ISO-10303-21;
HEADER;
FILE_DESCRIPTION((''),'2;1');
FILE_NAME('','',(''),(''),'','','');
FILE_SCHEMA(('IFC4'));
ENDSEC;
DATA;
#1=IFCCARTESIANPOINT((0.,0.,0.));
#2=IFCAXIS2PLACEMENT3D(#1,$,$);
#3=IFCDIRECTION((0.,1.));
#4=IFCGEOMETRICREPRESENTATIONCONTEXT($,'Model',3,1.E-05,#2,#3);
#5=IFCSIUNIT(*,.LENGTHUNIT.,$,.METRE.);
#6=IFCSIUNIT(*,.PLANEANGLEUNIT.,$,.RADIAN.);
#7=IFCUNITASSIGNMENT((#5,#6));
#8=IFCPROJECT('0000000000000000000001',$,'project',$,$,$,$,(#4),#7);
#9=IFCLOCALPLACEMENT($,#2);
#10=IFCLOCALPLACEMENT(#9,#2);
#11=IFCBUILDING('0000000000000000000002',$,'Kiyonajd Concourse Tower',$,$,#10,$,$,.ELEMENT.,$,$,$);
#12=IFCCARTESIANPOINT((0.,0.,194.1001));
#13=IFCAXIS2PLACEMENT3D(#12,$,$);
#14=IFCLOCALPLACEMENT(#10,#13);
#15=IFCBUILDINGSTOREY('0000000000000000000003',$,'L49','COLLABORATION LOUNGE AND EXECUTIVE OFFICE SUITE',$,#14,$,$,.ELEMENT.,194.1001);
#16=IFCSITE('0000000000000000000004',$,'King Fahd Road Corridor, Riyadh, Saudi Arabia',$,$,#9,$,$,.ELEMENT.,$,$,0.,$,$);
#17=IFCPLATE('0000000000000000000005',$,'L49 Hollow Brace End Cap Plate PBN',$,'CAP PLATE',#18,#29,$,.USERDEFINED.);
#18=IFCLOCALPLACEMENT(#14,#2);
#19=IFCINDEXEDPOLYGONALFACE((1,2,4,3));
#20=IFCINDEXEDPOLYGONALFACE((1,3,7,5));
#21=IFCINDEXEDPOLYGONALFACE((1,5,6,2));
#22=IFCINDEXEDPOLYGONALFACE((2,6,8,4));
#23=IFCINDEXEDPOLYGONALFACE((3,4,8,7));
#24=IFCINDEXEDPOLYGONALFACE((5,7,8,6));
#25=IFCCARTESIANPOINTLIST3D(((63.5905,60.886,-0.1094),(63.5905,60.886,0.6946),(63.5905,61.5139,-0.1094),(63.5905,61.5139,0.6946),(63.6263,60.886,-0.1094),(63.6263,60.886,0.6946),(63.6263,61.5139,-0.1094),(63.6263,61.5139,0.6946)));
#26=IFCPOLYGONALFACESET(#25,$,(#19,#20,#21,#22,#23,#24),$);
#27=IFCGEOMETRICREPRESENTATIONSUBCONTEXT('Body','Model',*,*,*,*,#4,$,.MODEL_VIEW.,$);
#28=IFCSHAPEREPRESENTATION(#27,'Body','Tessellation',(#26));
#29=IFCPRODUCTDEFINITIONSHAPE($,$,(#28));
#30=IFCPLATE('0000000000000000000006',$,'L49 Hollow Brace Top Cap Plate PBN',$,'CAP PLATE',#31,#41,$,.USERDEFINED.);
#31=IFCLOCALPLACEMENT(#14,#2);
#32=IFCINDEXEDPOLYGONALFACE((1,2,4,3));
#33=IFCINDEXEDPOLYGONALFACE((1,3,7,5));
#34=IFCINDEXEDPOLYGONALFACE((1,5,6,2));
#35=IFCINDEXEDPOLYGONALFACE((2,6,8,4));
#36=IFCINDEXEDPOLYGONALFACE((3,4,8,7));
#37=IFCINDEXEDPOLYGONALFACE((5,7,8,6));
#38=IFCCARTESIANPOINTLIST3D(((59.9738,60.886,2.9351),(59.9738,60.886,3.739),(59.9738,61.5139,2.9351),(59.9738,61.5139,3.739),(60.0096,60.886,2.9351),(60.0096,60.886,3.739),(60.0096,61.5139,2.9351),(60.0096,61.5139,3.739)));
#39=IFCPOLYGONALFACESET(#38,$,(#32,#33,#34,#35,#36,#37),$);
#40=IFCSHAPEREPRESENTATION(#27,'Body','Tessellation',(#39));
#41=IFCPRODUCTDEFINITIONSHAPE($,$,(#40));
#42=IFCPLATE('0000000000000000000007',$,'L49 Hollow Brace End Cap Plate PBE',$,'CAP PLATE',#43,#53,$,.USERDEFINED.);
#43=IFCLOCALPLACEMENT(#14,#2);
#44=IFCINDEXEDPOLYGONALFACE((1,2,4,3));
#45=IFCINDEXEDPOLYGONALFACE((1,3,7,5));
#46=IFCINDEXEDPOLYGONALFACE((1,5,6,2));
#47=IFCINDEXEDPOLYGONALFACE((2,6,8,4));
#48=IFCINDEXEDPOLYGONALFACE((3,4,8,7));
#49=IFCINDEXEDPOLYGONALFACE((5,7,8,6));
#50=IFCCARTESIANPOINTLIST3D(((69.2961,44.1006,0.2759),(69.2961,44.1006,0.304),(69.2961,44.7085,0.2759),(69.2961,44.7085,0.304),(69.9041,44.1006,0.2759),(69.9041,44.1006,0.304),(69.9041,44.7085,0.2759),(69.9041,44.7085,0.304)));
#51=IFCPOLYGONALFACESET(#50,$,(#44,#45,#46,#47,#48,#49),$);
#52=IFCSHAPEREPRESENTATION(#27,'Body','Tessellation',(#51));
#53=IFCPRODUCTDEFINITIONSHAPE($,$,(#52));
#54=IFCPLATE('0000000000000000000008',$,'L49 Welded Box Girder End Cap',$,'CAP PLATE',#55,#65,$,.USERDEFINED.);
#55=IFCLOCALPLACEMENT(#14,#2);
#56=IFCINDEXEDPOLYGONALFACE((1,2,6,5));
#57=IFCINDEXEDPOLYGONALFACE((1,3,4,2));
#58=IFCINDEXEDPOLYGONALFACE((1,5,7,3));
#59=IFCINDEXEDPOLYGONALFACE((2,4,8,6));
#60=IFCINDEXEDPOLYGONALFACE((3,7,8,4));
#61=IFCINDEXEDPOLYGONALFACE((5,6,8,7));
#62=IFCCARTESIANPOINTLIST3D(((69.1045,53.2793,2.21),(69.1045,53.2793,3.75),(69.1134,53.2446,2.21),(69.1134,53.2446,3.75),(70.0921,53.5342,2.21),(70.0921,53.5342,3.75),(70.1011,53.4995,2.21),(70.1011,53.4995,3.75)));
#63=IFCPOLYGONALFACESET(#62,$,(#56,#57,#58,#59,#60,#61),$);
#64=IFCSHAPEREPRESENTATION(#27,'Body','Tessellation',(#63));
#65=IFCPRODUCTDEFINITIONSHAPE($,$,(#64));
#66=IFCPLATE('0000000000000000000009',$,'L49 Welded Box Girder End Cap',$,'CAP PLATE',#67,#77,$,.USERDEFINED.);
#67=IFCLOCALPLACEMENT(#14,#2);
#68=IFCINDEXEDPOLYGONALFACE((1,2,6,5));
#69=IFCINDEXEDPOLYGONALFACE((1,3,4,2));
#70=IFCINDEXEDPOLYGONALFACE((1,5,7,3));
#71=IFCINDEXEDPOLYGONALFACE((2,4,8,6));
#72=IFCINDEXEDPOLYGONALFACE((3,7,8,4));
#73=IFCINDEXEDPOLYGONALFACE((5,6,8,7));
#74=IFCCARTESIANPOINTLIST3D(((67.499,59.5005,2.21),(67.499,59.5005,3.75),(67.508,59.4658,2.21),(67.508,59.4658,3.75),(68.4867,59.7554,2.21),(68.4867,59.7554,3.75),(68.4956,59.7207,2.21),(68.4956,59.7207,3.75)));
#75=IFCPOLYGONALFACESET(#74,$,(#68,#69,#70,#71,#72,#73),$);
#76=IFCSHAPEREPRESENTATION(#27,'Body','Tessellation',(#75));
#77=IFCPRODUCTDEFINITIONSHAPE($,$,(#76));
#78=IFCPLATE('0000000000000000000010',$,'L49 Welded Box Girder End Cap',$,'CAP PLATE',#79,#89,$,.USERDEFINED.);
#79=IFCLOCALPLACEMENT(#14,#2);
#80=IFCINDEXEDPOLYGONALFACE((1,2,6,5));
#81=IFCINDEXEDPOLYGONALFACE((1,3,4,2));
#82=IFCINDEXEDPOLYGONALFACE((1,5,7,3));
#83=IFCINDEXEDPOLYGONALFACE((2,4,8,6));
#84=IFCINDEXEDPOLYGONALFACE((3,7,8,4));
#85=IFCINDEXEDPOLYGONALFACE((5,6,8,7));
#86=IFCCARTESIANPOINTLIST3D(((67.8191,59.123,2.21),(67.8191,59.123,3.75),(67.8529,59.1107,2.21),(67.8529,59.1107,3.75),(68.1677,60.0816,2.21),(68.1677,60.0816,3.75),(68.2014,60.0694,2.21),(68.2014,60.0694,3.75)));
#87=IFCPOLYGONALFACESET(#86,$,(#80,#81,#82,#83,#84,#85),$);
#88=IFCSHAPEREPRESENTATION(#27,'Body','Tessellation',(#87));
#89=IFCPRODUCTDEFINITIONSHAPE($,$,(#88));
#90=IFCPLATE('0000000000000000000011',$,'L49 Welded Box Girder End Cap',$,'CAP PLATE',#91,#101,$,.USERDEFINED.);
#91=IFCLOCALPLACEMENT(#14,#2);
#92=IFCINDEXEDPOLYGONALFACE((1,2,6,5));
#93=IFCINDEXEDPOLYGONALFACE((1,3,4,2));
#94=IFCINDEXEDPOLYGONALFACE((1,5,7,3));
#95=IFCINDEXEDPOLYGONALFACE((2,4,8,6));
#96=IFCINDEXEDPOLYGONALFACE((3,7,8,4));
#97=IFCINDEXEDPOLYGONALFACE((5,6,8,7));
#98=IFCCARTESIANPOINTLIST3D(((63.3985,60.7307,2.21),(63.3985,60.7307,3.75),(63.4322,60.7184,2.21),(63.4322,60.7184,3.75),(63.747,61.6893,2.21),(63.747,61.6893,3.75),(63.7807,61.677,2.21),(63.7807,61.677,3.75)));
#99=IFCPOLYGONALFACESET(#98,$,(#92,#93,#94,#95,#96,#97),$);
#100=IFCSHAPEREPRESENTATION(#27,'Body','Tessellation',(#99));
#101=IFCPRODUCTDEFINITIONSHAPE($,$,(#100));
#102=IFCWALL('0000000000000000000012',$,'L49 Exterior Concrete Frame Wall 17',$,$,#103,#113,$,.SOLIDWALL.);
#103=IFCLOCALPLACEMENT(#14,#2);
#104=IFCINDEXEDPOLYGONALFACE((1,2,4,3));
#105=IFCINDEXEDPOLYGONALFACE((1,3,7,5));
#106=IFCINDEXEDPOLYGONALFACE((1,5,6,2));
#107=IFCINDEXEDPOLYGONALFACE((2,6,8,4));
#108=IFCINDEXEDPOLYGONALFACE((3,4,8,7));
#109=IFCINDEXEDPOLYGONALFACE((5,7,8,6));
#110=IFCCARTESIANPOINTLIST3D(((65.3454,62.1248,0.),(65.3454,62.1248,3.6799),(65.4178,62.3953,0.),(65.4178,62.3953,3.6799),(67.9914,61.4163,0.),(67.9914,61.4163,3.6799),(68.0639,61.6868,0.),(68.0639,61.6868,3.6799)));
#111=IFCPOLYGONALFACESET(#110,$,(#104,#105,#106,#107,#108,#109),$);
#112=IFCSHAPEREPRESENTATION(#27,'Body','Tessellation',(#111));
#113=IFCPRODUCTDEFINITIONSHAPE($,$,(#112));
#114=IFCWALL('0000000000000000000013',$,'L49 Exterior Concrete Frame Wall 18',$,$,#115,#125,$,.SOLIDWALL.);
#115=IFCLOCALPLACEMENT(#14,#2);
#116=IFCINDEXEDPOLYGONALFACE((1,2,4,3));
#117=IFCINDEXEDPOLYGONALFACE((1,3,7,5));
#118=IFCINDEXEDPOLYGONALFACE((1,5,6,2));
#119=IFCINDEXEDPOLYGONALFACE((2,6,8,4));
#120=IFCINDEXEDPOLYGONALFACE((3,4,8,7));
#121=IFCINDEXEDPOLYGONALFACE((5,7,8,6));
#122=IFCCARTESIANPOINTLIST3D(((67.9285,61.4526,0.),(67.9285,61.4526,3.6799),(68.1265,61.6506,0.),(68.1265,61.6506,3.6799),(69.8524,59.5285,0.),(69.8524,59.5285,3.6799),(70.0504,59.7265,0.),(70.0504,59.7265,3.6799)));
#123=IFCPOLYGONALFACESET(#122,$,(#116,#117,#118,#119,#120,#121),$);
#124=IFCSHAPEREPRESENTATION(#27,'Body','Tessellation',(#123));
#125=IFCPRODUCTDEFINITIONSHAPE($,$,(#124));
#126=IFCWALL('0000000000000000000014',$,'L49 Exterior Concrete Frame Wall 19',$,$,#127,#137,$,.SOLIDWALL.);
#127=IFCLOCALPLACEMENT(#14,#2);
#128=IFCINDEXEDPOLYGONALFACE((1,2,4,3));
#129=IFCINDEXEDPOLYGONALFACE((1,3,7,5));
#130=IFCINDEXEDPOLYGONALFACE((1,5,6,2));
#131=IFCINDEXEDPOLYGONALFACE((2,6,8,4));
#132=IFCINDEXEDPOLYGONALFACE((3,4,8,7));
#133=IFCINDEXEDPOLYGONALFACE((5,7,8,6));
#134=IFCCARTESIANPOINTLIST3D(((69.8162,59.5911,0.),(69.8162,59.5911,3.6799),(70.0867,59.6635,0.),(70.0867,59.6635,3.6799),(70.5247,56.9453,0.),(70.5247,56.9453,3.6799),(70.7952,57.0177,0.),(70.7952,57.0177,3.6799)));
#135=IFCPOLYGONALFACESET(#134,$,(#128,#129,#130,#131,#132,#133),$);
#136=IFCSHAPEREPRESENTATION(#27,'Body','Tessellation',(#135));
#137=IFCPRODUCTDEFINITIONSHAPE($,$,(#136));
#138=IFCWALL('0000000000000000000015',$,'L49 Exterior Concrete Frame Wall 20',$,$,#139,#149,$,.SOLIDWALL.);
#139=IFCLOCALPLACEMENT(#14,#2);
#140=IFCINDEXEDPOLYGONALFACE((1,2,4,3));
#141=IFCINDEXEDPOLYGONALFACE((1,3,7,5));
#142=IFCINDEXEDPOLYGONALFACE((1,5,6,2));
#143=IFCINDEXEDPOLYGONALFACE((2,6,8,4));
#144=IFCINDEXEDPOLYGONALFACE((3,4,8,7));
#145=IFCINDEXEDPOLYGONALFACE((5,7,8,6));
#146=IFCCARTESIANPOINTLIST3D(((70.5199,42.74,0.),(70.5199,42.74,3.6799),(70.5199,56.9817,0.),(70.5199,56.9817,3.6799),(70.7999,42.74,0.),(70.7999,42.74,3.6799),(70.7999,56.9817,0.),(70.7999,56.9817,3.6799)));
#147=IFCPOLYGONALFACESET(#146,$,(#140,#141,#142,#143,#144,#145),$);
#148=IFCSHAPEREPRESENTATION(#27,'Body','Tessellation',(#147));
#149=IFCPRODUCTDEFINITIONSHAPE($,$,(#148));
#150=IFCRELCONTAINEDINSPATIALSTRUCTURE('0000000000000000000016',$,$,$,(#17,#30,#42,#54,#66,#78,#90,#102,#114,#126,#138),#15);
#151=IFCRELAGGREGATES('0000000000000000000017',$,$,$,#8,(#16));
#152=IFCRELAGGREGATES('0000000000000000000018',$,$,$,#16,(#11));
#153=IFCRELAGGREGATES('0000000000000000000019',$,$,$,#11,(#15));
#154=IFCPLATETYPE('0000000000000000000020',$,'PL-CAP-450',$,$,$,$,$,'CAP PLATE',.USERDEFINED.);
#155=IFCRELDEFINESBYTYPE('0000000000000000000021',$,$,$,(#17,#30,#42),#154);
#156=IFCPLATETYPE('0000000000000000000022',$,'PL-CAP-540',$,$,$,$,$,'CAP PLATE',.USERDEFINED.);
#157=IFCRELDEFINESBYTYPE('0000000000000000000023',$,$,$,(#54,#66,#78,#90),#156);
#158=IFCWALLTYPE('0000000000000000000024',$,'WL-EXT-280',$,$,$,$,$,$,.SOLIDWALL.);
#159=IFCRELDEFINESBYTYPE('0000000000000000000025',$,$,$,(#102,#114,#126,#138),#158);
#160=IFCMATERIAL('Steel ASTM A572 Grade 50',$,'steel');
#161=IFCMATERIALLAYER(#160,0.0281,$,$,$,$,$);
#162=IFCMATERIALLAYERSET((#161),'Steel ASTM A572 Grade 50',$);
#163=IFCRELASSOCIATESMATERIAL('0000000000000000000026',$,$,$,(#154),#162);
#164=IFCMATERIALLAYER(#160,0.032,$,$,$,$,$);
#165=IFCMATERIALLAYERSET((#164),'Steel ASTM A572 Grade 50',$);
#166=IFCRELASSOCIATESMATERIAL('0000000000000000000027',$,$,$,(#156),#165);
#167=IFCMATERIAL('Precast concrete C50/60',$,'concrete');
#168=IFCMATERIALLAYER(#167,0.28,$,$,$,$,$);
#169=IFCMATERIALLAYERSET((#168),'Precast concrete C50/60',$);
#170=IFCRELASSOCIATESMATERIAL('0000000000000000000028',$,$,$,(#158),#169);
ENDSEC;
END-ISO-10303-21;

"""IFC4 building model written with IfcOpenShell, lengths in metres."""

from ifc_helpers import new_model, si_unit, direction, frame, frame_2d, origin, origin_2d, place, context, subcontext, project, spatial, rectangle, extrude, material, layer, layer_set, type_object, element, save


model = new_model("IFC4")

# Units and contexts
model_context = context("Model", 3, precision=1e-05, world=origin(), true_north=direction((0.0, 1.0)))
body_context = subcontext(model_context, "Body", "Model", "MODEL_VIEW")
ifc_project = project(units=[si_unit("LENGTHUNIT", "METRE"), si_unit("PLANEANGLEUNIT", "RADIAN")], contexts=[model_context])

# Site, building, storey
site_placement = place(None, origin())
site = spatial("IfcSite", under=ifc_project, at=site_placement, Name="King Fahd Road Corridor, Riyadh, Saudi Arabia", CompositionType="ELEMENT", RefElevation=0.0)
building_placement = place(site_placement, origin())
building = spatial("IfcBuilding", under=site, at=building_placement, Name="Kiyonajd Concourse Tower", CompositionType="ELEMENT")
storey_placement = place(building_placement, frame((0.0, 0.0, 194.1001)))
storey = spatial("IfcBuildingStorey", under=building, at=storey_placement, Name="L49", Description="COLLABORATION LOUNGE AND EXECUTIVE OFFICE SUITE", CompositionType="ELEMENT", Elevation=194.1001)

# Shared definitions
ifc_material_1 = material(Name="Steel ASTM A572 Grade 50", Category="steel")

# Plates
ifc_layer_1 = layer(ifc_material_1, 0.0281)
ifc_layer_set_1 = layer_set([ifc_layer_1], Name="Steel ASTM A572 Grade 50")
plate_type_1 = type_object("IfcPlateType", Name="PL-CAP-450", ElementType="CAP PLATE", PredefinedType="USERDEFINED", material=ifc_layer_set_1)
for number, where, z_axis, x_axis, name in (
    (1, (63.6084, 61.2, -0.1094), (0.0, 0.0, 1.0), (1.0, 0.0, 0.0), "L49 Hollow Brace End Cap Plate PBN"),
    (2, (59.9917, 61.2, 2.9351), (0.0, 0.0, 1.0), (-1.0, 0.0, 0.0), "L49 Hollow Brace Top Cap Plate PBN"),
):
    element("IfcPlate", number, at=place(storey_placement, frame(where, z_axis=z_axis, x_axis=x_axis)), inside=storey, type_object=plate_type_1, Name=name, ObjectType="CAP PLATE", PredefinedType="USERDEFINED", context=body_context, shape_type="SweptSolid", body=[
        extrude(rectangle(XDim=0.0359, YDim=0.6279, at=origin_2d()), origin(), (0.0, 0.0, 1.0), 0.804),
    ])
plate_placement = place(storey_placement, frame((69.6001, 44.4045, 0.2759), z_axis=(0.0, 0.0, 1.0), x_axis=(1.0, 0.0, 0.0)))
element("IfcPlate", 3, at=plate_placement, inside=storey, type_object=plate_type_1, Name="L49 Hollow Brace End Cap Plate PBE", ObjectType="CAP PLATE", PredefinedType="USERDEFINED", context=body_context, shape_type="SweptSolid", body=[
    extrude(rectangle(XDim=0.6079, YDim=0.6079, at=origin_2d()), origin(), (0.0, 0.0, 1.0), 0.0281),
])
ifc_layer_2 = layer(ifc_material_1, 0.032)
ifc_layer_set_2 = layer_set([ifc_layer_2], Name="Steel ASTM A572 Grade 50")
plate_type_2 = type_object("IfcPlateType", Name="PL-CAP-540", ElementType="CAP PLATE", PredefinedType="USERDEFINED", material=ifc_layer_set_2)
for number, where, z_axis, x_axis, name in (
    (4, (69.6028, 53.3894, 2.21), (0.0, 0.0, 1.0), (0.249873, -0.968279, 0.0), "L49 Welded Box Girder End Cap"),
    (5, (67.9973, 59.6106, 2.21), (0.0, 0.0, 1.0), (-0.249873, 0.968279, 0.0), "L49 Welded Box Girder End Cap"),
    (6, (68.0103, 59.5962, 2.21), (0.0, 0.0, 1.0), (0.939812, -0.341692, 0.0), "L49 Welded Box Girder End Cap"),
    (7, (63.5896, 61.2039, 2.21), (0.0, 0.0, 1.0), (-0.939812, 0.341692, 0.0), "L49 Welded Box Girder End Cap"),
):
    element("IfcPlate", number, at=place(storey_placement, frame(where, z_axis=z_axis, x_axis=x_axis)), inside=storey, type_object=plate_type_2, Name=name, ObjectType="CAP PLATE", PredefinedType="USERDEFINED", context=body_context, shape_type="SweptSolid", body=[
        extrude(rectangle(XDim=0.0359, YDim=1.02, at=origin_2d()), origin(), (0.0, 0.0, 1.0), 1.54),
    ])

# Walls
ifc_material_2 = material(Name="Precast concrete C50/60", Category="concrete")
ifc_layer_3 = layer(ifc_material_2, 0.28)
ifc_layer_set_3 = layer_set([ifc_layer_3], Name="Precast concrete C50/60")
wall_type = type_object("IfcWallType", Name="WL-EXT-280", PredefinedType="SOLIDWALL", material=ifc_layer_set_3)
wall_1_placement = place(storey_placement, frame((65.3816, 62.26, 0.0), z_axis=(0.0, 0.0, 1.0), x_axis=(0.965971, -0.25865, 0.0)))
element("IfcWall", 8, at=wall_1_placement, inside=storey, type_object=wall_type, Name="L49 Exterior Concrete Frame Wall 17", PredefinedType="SOLIDWALL", context=body_context, shape_type="SweptSolid", body=[
    extrude(rectangle(XDim=2.7393, YDim=0.28, at=frame_2d((1.3696, 0.0))), origin(), (0.0, 0.0, 1.0), 3.6799),
])
wall_2_placement = place(storey_placement, frame((68.0276, 61.5515, 0.0), z_axis=(0.0, 0.0, 1.0), x_axis=(0.707062, -0.707152, 0.0)))
element("IfcWall", 9, at=wall_2_placement, inside=storey, type_object=wall_type, Name="L49 Exterior Concrete Frame Wall 18", PredefinedType="SOLIDWALL", context=body_context, shape_type="SweptSolid", body=[
    extrude(rectangle(XDim=2.7209, YDim=0.28, at=frame_2d((1.3604, 0.0))), origin(), (0.0, 0.0, 1.0), 3.6799),
])
wall_3_placement = place(storey_placement, frame((69.9514, 59.6274, 0.0), z_axis=(0.0, 0.0, 1.0), x_axis=(0.258672, -0.965965, 0.0)))
element("IfcWall", 10, at=wall_3_placement, inside=storey, type_object=wall_type, Name="L49 Exterior Concrete Frame Wall 19", PredefinedType="SOLIDWALL", context=body_context, shape_type="SweptSolid", body=[
    extrude(rectangle(XDim=2.739, YDim=0.28, at=frame_2d((1.3696, 0.0))), origin(), (0.0, 0.0, 1.0), 3.6799),
])
wall_4_placement = place(storey_placement, frame((70.6599, 56.9817, 0.0), z_axis=(0.0, 0.0, 1.0), x_axis=(0.0, -1.0, 0.0)))
element("IfcWall", 11, at=wall_4_placement, inside=storey, type_object=wall_type, Name="L49 Exterior Concrete Frame Wall 20", PredefinedType="SOLIDWALL", context=body_context, shape_type="SweptSolid", body=[
    extrude(rectangle(XDim=14.2417, YDim=0.28, at=frame_2d((7.1208, 0.0))), origin(), (0.0, 0.0, 1.0), 3.6799),
])

save(model, "model.ifc")
